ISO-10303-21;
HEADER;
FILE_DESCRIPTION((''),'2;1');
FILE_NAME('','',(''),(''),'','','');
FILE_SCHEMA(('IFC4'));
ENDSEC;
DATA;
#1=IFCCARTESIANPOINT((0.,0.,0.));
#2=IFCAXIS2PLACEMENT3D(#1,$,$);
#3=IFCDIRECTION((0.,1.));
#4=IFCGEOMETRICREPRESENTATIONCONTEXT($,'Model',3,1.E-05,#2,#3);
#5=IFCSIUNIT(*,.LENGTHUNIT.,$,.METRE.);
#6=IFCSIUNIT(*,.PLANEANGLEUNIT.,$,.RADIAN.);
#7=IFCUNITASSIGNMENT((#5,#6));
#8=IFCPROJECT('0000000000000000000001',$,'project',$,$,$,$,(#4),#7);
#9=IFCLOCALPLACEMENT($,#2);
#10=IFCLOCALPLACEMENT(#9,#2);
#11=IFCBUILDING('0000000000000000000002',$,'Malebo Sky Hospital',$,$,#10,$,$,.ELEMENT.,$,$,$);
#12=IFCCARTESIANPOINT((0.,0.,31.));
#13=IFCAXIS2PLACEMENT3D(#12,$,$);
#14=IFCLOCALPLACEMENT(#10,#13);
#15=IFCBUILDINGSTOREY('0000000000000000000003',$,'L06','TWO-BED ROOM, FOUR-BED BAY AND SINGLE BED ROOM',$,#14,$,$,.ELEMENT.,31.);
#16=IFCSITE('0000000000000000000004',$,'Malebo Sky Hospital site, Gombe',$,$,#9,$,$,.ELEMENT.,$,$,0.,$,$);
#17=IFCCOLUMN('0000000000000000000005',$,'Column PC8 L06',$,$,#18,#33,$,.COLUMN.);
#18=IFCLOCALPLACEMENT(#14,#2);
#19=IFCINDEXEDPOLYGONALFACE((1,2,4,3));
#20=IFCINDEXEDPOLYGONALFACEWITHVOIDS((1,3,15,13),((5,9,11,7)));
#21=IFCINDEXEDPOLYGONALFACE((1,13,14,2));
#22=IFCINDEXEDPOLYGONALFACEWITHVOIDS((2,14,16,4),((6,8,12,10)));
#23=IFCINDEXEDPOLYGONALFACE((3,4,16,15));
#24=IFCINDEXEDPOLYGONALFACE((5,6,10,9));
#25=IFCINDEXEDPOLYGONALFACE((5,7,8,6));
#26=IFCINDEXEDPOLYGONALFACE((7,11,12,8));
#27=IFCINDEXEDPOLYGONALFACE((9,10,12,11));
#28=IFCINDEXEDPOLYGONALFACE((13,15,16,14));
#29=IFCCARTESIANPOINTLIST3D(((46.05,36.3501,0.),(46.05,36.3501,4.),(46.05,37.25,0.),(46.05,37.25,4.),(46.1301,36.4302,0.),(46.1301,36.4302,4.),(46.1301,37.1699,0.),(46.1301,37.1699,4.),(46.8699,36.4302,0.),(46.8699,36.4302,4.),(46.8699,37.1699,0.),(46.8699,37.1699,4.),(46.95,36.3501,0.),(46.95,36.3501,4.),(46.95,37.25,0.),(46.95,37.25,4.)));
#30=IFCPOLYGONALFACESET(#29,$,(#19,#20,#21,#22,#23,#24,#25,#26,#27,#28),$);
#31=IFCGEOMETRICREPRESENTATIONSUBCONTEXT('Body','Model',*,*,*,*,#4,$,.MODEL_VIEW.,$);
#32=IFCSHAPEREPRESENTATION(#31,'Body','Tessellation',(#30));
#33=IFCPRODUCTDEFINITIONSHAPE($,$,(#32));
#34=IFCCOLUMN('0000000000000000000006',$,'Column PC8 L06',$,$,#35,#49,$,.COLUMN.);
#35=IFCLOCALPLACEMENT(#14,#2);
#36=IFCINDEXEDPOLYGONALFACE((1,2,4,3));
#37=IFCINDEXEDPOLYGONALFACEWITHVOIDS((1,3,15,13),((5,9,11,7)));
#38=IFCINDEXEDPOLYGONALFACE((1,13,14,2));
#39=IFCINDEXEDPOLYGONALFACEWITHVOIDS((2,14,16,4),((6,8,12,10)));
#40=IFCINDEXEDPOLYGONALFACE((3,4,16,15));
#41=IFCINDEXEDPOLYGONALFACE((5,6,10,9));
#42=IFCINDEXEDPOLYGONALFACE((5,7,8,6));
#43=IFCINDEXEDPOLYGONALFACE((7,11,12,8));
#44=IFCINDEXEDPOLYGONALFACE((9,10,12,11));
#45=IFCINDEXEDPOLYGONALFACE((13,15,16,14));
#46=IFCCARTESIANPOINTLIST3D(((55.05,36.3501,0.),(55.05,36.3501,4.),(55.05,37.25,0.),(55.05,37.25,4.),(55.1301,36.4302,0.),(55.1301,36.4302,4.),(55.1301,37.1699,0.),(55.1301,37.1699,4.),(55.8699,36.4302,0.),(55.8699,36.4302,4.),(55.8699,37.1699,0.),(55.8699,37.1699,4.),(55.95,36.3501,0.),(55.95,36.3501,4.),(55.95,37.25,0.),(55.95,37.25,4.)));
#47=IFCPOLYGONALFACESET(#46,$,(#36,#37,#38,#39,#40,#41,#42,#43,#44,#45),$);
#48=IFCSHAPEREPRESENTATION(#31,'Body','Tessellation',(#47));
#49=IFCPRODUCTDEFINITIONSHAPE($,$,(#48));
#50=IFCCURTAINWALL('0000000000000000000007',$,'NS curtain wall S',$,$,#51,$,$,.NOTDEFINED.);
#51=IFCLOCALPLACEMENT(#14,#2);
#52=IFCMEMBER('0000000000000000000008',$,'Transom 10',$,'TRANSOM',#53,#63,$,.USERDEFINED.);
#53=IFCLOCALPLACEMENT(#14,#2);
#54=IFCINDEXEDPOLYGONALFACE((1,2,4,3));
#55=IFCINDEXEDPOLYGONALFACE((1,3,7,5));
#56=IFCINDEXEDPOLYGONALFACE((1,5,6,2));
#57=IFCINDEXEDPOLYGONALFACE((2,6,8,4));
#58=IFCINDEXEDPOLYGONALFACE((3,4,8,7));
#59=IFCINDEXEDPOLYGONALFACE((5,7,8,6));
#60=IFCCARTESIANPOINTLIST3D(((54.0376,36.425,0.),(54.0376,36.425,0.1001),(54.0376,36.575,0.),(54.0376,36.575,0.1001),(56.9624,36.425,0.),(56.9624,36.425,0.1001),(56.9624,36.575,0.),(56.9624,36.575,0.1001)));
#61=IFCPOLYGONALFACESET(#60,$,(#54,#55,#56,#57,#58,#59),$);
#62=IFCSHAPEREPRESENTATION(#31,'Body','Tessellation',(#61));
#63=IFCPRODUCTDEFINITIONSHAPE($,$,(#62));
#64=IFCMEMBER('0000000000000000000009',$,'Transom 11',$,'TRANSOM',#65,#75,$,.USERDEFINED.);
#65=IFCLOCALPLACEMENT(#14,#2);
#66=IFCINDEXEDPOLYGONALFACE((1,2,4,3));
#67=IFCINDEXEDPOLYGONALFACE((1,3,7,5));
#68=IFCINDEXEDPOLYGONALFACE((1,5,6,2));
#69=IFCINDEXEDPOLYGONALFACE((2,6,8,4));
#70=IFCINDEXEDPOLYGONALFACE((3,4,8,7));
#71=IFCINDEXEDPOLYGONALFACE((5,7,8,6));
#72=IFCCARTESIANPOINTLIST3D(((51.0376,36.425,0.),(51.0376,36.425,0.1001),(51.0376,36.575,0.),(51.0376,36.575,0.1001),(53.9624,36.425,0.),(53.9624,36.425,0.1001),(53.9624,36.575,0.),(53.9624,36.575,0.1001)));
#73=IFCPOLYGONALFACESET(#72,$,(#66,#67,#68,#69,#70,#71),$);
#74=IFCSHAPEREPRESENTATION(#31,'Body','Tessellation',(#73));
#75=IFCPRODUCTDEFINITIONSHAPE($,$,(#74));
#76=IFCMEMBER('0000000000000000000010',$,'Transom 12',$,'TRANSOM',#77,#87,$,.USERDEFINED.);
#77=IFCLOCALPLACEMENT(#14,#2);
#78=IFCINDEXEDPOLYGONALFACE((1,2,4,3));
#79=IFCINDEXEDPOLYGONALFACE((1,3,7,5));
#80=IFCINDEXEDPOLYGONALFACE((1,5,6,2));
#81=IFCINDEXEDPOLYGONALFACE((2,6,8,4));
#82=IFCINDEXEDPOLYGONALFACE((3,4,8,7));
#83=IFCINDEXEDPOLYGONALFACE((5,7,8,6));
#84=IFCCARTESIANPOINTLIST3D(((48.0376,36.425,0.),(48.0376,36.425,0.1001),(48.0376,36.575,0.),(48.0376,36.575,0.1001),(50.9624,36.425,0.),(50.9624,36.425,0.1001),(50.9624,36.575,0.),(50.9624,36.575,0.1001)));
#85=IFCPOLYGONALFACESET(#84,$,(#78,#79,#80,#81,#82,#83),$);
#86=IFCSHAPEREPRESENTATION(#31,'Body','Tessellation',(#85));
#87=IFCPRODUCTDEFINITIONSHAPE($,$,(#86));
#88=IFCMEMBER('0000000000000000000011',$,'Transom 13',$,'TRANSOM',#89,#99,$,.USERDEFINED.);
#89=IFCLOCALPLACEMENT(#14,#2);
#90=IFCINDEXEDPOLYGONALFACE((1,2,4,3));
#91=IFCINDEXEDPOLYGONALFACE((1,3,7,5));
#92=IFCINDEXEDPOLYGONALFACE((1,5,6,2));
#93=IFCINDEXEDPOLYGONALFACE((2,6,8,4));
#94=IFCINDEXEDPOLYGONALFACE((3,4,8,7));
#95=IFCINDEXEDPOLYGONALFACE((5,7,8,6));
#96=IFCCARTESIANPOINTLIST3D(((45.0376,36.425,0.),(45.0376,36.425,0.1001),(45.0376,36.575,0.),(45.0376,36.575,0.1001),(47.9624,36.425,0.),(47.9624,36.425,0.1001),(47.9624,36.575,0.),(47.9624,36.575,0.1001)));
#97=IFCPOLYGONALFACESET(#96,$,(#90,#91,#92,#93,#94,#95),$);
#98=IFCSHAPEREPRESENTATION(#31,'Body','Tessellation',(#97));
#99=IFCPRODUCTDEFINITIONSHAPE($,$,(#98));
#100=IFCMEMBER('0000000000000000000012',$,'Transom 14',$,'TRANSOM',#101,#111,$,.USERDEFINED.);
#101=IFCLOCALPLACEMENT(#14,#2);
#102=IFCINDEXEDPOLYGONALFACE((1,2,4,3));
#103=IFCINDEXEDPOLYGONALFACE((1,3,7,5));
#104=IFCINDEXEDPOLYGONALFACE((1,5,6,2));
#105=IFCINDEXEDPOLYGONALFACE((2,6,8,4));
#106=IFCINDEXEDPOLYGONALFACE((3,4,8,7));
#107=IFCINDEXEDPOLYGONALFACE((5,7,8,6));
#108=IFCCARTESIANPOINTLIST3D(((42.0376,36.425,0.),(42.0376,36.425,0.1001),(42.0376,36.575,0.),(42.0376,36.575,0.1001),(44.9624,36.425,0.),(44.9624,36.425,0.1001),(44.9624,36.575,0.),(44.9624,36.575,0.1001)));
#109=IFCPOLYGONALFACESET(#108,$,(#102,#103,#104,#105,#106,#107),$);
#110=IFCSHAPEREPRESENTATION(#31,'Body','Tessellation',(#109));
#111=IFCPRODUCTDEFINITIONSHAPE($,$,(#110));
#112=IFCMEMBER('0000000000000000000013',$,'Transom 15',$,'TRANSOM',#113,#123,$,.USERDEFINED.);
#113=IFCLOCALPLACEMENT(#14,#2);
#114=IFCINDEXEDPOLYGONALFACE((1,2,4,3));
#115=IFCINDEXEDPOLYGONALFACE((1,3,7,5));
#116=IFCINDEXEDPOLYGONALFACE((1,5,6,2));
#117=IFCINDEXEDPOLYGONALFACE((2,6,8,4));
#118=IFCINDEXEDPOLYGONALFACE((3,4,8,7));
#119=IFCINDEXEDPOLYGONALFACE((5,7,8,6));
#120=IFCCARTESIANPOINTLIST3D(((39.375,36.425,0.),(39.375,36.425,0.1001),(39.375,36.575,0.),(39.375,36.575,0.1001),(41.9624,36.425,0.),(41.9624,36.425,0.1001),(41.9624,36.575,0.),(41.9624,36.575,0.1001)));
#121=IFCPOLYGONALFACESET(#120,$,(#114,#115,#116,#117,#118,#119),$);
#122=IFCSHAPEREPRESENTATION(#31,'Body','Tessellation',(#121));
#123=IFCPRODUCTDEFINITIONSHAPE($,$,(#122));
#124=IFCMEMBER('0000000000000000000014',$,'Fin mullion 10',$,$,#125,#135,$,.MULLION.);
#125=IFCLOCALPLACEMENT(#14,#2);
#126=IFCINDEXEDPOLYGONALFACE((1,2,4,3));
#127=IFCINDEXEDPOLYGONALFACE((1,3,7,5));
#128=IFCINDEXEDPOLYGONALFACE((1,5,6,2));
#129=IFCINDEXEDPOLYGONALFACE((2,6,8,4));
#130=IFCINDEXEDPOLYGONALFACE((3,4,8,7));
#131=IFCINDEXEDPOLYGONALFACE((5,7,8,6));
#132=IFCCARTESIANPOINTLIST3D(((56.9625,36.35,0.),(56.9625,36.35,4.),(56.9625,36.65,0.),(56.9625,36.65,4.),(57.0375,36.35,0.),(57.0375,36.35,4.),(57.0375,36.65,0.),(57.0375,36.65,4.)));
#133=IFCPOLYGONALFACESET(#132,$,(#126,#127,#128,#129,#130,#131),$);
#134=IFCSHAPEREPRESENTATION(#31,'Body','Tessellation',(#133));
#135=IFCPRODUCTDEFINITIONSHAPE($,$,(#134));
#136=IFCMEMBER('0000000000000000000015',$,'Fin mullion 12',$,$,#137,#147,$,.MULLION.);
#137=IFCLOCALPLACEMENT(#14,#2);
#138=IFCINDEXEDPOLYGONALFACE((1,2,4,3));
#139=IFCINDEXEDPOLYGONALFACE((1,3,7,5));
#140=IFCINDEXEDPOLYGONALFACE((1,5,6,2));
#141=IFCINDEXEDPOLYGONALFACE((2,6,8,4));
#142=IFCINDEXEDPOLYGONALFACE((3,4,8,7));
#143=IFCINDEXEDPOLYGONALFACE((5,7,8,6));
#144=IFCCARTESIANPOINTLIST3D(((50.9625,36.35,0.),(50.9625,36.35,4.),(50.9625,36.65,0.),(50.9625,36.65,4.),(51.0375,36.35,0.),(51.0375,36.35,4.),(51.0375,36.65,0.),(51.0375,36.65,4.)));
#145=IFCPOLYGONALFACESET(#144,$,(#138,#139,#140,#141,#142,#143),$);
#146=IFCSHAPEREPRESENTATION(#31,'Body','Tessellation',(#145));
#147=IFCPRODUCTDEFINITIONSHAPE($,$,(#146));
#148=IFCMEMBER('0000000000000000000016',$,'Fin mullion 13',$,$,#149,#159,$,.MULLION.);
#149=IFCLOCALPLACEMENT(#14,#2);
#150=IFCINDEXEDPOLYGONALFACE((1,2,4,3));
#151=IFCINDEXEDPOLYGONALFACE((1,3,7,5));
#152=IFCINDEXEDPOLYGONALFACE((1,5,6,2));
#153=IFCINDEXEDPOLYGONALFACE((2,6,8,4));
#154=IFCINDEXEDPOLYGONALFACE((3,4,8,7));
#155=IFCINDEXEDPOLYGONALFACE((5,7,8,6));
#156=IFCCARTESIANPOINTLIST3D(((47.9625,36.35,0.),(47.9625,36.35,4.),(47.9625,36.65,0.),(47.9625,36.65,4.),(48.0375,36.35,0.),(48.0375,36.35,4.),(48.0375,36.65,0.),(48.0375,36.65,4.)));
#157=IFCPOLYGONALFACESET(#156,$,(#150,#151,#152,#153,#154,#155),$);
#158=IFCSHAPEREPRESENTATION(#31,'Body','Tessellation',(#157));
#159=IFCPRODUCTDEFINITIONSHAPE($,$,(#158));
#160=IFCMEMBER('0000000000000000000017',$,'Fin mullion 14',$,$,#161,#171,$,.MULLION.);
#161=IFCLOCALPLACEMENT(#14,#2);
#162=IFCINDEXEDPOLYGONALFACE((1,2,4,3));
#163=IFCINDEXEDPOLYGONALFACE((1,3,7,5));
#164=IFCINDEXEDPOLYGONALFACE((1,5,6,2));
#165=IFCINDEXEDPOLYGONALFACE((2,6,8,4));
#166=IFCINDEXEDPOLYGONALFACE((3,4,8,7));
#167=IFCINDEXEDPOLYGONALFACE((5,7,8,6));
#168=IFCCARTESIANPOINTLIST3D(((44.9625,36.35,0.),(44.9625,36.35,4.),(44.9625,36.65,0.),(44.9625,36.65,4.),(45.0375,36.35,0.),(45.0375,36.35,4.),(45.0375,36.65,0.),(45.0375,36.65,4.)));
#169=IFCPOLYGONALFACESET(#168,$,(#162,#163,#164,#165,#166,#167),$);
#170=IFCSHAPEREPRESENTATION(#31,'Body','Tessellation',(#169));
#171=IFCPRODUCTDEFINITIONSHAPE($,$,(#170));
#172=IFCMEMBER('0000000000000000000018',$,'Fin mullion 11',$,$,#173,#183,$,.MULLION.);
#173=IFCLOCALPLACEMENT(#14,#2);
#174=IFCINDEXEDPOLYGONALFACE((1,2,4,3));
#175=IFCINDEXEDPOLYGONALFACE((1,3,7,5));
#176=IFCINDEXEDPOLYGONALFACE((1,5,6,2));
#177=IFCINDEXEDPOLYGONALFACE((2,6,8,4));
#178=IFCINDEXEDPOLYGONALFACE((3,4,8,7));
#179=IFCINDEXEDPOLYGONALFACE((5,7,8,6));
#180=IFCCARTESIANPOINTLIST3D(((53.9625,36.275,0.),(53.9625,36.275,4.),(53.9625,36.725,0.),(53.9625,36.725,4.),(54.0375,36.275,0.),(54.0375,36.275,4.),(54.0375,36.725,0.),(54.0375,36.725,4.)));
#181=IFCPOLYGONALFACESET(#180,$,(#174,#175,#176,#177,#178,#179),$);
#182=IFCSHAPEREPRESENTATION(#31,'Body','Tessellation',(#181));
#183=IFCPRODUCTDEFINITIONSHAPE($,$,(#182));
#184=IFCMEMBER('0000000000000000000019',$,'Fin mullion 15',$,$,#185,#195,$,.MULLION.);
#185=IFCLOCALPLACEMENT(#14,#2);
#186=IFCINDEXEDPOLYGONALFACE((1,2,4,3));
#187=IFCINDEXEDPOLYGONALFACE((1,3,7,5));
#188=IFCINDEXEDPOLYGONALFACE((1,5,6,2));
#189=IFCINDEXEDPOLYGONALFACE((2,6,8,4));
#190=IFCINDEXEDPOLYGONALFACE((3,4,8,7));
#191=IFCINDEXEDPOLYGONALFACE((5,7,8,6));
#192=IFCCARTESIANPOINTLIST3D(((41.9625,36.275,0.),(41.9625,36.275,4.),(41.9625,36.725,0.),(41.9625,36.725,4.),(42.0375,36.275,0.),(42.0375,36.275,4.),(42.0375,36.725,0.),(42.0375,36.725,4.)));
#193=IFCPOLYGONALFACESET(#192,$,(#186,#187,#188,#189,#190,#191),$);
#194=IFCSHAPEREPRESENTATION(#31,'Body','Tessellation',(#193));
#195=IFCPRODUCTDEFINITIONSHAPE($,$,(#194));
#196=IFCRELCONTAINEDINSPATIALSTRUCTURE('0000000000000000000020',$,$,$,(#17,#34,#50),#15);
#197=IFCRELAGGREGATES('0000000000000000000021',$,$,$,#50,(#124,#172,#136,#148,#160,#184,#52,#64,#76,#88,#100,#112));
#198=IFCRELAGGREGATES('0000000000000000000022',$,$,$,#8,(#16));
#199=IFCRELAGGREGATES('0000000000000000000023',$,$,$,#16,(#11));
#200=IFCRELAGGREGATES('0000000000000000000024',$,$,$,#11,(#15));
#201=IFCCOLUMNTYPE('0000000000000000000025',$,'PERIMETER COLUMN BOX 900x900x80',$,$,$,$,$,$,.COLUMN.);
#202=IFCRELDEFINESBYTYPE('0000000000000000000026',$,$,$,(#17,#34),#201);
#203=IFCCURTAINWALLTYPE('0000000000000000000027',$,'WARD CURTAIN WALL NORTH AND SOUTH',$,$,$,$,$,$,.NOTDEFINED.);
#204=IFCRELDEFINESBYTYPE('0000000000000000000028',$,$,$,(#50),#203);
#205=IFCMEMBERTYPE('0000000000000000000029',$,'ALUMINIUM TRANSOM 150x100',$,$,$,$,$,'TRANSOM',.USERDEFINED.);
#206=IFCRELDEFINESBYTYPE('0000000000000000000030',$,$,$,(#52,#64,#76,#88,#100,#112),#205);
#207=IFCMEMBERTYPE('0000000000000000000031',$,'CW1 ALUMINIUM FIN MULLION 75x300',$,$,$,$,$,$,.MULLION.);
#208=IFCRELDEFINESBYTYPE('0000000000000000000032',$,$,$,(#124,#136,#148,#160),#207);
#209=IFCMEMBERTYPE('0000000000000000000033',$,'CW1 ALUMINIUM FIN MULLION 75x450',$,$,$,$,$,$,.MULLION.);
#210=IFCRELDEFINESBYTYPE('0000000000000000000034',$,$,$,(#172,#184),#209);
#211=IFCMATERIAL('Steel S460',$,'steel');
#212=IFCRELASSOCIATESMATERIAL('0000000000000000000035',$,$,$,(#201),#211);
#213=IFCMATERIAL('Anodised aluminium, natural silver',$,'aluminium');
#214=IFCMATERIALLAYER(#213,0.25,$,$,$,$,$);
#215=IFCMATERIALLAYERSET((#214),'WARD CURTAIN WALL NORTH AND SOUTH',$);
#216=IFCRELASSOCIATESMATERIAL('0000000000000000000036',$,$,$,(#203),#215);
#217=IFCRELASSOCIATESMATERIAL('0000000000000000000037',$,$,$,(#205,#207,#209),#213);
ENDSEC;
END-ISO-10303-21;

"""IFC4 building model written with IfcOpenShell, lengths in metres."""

from ifc_helpers import new_model, si_unit, direction, frame, origin, origin_2d, place, context, subcontext, project, spatial, rectangle, hollow_rectangle, extrude, material, layer, layer_set, material_profile, profile_set, type_object, element, aggregate, save


model = new_model("IFC4")

# Units and contexts
model_context = context("Model", 3, precision=1e-05, world=origin(), true_north=direction((0.0, 1.0)))
body_context = subcontext(model_context, "Body", "Model", "MODEL_VIEW")
ifc_project = project(units=[si_unit("LENGTHUNIT", "METRE"), si_unit("PLANEANGLEUNIT", "RADIAN")], contexts=[model_context])

# Site, building, storey
site_placement = place(None, origin())
site = spatial("IfcSite", under=ifc_project, at=site_placement, Name="Malebo Sky Hospital site, Gombe", CompositionType="ELEMENT", RefElevation=0.0)
building_placement = place(site_placement, origin())
building = spatial("IfcBuilding", under=site, at=building_placement, Name="Malebo Sky Hospital", CompositionType="ELEMENT")
storey_placement = place(building_placement, frame((0.0, 0.0, 31.0)))
storey = spatial("IfcBuildingStorey", under=building, at=storey_placement, Name="L06", Description="TWO-BED ROOM, FOUR-BED BAY AND SINGLE BED ROOM", CompositionType="ELEMENT", Elevation=31.0)

# Columns
ifc_material_1 = material(Name="Steel S460", Category="steel")
ifc_material_profile_1 = material_profile(ifc_material_1, hollow_rectangle(XDim=0.8999, YDim=0.8999, WallThickness=0.0801, at=origin_2d()), Name="BOX 900x900x80")
ifc_profile_set_1 = profile_set([ifc_material_profile_1], Name="Steel S460")
column_type = type_object("IfcColumnType", Name="PERIMETER COLUMN BOX 900x900x80", PredefinedType="COLUMN", material=ifc_profile_set_1)
for number, where, z_axis, x_axis, name in (
    (1, (46.5, 36.8, 0.0), (0.0, 0.0, 1.0), (1.0, 0.0, 0.0), "Column PC8 L06"),
    (2, (55.5, 36.8, 0.0), (0.0, 0.0, 1.0), (1.0, 0.0, 0.0), "Column PC8 L06"),
):
    element("IfcColumn", number, at=place(storey_placement, frame(where, z_axis=z_axis, x_axis=x_axis)), inside=storey, type_object=column_type, Name=name, PredefinedType="COLUMN", context=body_context, shape_type="SweptSolid", body=[
        extrude(hollow_rectangle(XDim=0.8999, YDim=0.8999, WallThickness=0.0801, at=origin_2d()), origin(), (0.0, 0.0, 1.0), 4.0),
    ])

# Curtain wall, members
ifc_material_2 = material(Name="Anodised aluminium, natural silver", Category="aluminium")
ifc_layer_1 = layer(ifc_material_2, 0.25)
ifc_layer_set_1 = layer_set([ifc_layer_1], Name="WARD CURTAIN WALL NORTH AND SOUTH")
curtain_wall_type = type_object("IfcCurtainWallType", Name="WARD CURTAIN WALL NORTH AND SOUTH", PredefinedType="NOTDEFINED", material=ifc_layer_set_1)
curtain_wall_placement = place(storey_placement, origin())
curtain_wall = element("IfcCurtainWall", 3, at=curtain_wall_placement, inside=storey, type_object=curtain_wall_type, Name="NS curtain wall S", PredefinedType="NOTDEFINED")
ifc_material_profile_2 = material_profile(ifc_material_2, rectangle(XDim=0.1499, YDim=0.1001, at=origin_2d()), Name="ALUMINIUM TRANSOM 150x100")
ifc_profile_set_2 = profile_set([ifc_material_profile_2], Name="Anodised aluminium, natural silver")
member_type_1 = type_object("IfcMemberType", Name="ALUMINIUM TRANSOM 150x100", ElementType="TRANSOM", PredefinedType="USERDEFINED", material=ifc_profile_set_2)
member_1_placement = place(storey_placement, frame((56.9624, 36.5, 0.05), z_axis=(-1.0, 0.0, 0.0), x_axis=(0.0, -1.0, 0.0)))
member_1 = element("IfcMember", 4, at=member_1_placement, type_object=member_type_1, Name="Transom 10", ObjectType="TRANSOM", PredefinedType="USERDEFINED", context=body_context, shape_type="SweptSolid", body=[
    extrude(rectangle(XDim=0.1499, YDim=0.1001, at=origin_2d()), origin(), (0.0, 0.0, 1.0), 2.9248),
])
member_2_placement = place(storey_placement, frame((53.9624, 36.5, 0.05), z_axis=(-1.0, 0.0, 0.0), x_axis=(0.0, -1.0, 0.0)))
member_2 = element("IfcMember", 5, at=member_2_placement, type_object=member_type_1, Name="Transom 11", ObjectType="TRANSOM", PredefinedType="USERDEFINED", context=body_context, shape_type="SweptSolid", body=[
    extrude(rectangle(XDim=0.1499, YDim=0.1001, at=origin_2d()), origin(), (0.0, 0.0, 1.0), 2.9248),
])
member_3_placement = place(storey_placement, frame((50.9624, 36.5, 0.05), z_axis=(-1.0, 0.0, 0.0), x_axis=(0.0, -1.0, 0.0)))
member_3 = element("IfcMember", 6, at=member_3_placement, type_object=member_type_1, Name="Transom 12", ObjectType="TRANSOM", PredefinedType="USERDEFINED", context=body_context, shape_type="SweptSolid", body=[
    extrude(rectangle(XDim=0.1499, YDim=0.1001, at=origin_2d()), origin(), (0.0, 0.0, 1.0), 2.9248),
])
member_4_placement = place(storey_placement, frame((47.9624, 36.5, 0.05), z_axis=(-1.0, 0.0, 0.0), x_axis=(0.0, -1.0, 0.0)))
member_4 = element("IfcMember", 7, at=member_4_placement, type_object=member_type_1, Name="Transom 13", ObjectType="TRANSOM", PredefinedType="USERDEFINED", context=body_context, shape_type="SweptSolid", body=[
    extrude(rectangle(XDim=0.1499, YDim=0.1001, at=origin_2d()), origin(), (0.0, 0.0, 1.0), 2.9248),
])
member_5_placement = place(storey_placement, frame((44.9624, 36.5, 0.05), z_axis=(-1.0, 0.0, 0.0), x_axis=(0.0, -1.0, 0.0)))
member_5 = element("IfcMember", 8, at=member_5_placement, type_object=member_type_1, Name="Transom 14", ObjectType="TRANSOM", PredefinedType="USERDEFINED", context=body_context, shape_type="SweptSolid", body=[
    extrude(rectangle(XDim=0.1499, YDim=0.1001, at=origin_2d()), origin(), (0.0, 0.0, 1.0), 2.9248),
])
member_6_placement = place(storey_placement, frame((41.9624, 36.5, 0.05), z_axis=(-1.0, 0.0, 0.0), x_axis=(0.0, -1.0, 0.0)))
member_6 = element("IfcMember", 9, at=member_6_placement, type_object=member_type_1, Name="Transom 15", ObjectType="TRANSOM", PredefinedType="USERDEFINED", context=body_context, shape_type="SweptSolid", body=[
    extrude(rectangle(XDim=0.1499, YDim=0.1001, at=origin_2d()), origin(), (0.0, 0.0, 1.0), 2.5874),
])
ifc_material_profile_3 = material_profile(ifc_material_2, rectangle(XDim=0.075, YDim=0.3, at=origin_2d()), Name="CW1 ALUMINIUM FIN MULLION 75x300")
ifc_profile_set_3 = profile_set([ifc_material_profile_3], Name="Anodised aluminium, natural silver")
member_type_2 = type_object("IfcMemberType", Name="CW1 ALUMINIUM FIN MULLION 75x300", PredefinedType="MULLION", material=ifc_profile_set_3)
member_7_placement = place(storey_placement, frame((57.0, 36.5, 0.0), z_axis=(0.0, 0.0, 1.0), x_axis=(-1.0, 0.0, 0.0)))
member_7 = element("IfcMember", 10, at=member_7_placement, type_object=member_type_2, Name="Fin mullion 10", PredefinedType="MULLION", context=body_context, shape_type="SweptSolid", body=[
    extrude(rectangle(XDim=0.075, YDim=0.3, at=origin_2d()), origin(), (0.0, 0.0, 1.0), 4.0),
])
member_8_placement = place(storey_placement, frame((51.0, 36.5, 0.0), z_axis=(0.0, 0.0, 1.0), x_axis=(-1.0, 0.0, 0.0)))
member_8 = element("IfcMember", 11, at=member_8_placement, type_object=member_type_2, Name="Fin mullion 12", PredefinedType="MULLION", context=body_context, shape_type="SweptSolid", body=[
    extrude(rectangle(XDim=0.075, YDim=0.3, at=origin_2d()), origin(), (0.0, 0.0, 1.0), 4.0),
])
member_9_placement = place(storey_placement, frame((48.0, 36.5, 0.0), z_axis=(0.0, 0.0, 1.0), x_axis=(-1.0, 0.0, 0.0)))
member_9 = element("IfcMember", 12, at=member_9_placement, type_object=member_type_2, Name="Fin mullion 13", PredefinedType="MULLION", context=body_context, shape_type="SweptSolid", body=[
    extrude(rectangle(XDim=0.075, YDim=0.3, at=origin_2d()), origin(), (0.0, 0.0, 1.0), 4.0),
])
member_10_placement = place(storey_placement, frame((45.0, 36.5, 0.0), z_axis=(0.0, 0.0, 1.0), x_axis=(-1.0, 0.0, 0.0)))
member_10 = element("IfcMember", 13, at=member_10_placement, type_object=member_type_2, Name="Fin mullion 14", PredefinedType="MULLION", context=body_context, shape_type="SweptSolid", body=[
    extrude(rectangle(XDim=0.075, YDim=0.3, at=origin_2d()), origin(), (0.0, 0.0, 1.0), 4.0),
])
ifc_material_profile_4 = material_profile(ifc_material_2, rectangle(XDim=0.075, YDim=0.45, at=origin_2d()), Name="CW1 ALUMINIUM FIN MULLION 75x450")
ifc_profile_set_4 = profile_set([ifc_material_profile_4], Name="Anodised aluminium, natural silver")
member_type_3 = type_object("IfcMemberType", Name="CW1 ALUMINIUM FIN MULLION 75x450", PredefinedType="MULLION", material=ifc_profile_set_4)
member_11_placement = place(storey_placement, frame((54.0, 36.5, 0.0), z_axis=(0.0, 0.0, 1.0), x_axis=(-1.0, 0.0, 0.0)))
member_11 = element("IfcMember", 14, at=member_11_placement, type_object=member_type_3, Name="Fin mullion 11", PredefinedType="MULLION", context=body_context, shape_type="SweptSolid", body=[
    extrude(rectangle(XDim=0.075, YDim=0.45, at=origin_2d()), origin(), (0.0, 0.0, 1.0), 4.0),
])
member_12_placement = place(storey_placement, frame((42.0, 36.5, 0.0), z_axis=(0.0, 0.0, 1.0), x_axis=(-1.0, 0.0, 0.0)))
member_12 = element("IfcMember", 15, at=member_12_placement, type_object=member_type_3, Name="Fin mullion 15", PredefinedType="MULLION", context=body_context, shape_type="SweptSolid", body=[
    extrude(rectangle(XDim=0.075, YDim=0.45, at=origin_2d()), origin(), (0.0, 0.0, 1.0), 4.0),
])

aggregate(curtain_wall, [member_7, member_11, member_8, member_9, member_10, member_12, member_1, member_2, member_3, member_4, member_5, member_6])

save(model, "model.ifc")
